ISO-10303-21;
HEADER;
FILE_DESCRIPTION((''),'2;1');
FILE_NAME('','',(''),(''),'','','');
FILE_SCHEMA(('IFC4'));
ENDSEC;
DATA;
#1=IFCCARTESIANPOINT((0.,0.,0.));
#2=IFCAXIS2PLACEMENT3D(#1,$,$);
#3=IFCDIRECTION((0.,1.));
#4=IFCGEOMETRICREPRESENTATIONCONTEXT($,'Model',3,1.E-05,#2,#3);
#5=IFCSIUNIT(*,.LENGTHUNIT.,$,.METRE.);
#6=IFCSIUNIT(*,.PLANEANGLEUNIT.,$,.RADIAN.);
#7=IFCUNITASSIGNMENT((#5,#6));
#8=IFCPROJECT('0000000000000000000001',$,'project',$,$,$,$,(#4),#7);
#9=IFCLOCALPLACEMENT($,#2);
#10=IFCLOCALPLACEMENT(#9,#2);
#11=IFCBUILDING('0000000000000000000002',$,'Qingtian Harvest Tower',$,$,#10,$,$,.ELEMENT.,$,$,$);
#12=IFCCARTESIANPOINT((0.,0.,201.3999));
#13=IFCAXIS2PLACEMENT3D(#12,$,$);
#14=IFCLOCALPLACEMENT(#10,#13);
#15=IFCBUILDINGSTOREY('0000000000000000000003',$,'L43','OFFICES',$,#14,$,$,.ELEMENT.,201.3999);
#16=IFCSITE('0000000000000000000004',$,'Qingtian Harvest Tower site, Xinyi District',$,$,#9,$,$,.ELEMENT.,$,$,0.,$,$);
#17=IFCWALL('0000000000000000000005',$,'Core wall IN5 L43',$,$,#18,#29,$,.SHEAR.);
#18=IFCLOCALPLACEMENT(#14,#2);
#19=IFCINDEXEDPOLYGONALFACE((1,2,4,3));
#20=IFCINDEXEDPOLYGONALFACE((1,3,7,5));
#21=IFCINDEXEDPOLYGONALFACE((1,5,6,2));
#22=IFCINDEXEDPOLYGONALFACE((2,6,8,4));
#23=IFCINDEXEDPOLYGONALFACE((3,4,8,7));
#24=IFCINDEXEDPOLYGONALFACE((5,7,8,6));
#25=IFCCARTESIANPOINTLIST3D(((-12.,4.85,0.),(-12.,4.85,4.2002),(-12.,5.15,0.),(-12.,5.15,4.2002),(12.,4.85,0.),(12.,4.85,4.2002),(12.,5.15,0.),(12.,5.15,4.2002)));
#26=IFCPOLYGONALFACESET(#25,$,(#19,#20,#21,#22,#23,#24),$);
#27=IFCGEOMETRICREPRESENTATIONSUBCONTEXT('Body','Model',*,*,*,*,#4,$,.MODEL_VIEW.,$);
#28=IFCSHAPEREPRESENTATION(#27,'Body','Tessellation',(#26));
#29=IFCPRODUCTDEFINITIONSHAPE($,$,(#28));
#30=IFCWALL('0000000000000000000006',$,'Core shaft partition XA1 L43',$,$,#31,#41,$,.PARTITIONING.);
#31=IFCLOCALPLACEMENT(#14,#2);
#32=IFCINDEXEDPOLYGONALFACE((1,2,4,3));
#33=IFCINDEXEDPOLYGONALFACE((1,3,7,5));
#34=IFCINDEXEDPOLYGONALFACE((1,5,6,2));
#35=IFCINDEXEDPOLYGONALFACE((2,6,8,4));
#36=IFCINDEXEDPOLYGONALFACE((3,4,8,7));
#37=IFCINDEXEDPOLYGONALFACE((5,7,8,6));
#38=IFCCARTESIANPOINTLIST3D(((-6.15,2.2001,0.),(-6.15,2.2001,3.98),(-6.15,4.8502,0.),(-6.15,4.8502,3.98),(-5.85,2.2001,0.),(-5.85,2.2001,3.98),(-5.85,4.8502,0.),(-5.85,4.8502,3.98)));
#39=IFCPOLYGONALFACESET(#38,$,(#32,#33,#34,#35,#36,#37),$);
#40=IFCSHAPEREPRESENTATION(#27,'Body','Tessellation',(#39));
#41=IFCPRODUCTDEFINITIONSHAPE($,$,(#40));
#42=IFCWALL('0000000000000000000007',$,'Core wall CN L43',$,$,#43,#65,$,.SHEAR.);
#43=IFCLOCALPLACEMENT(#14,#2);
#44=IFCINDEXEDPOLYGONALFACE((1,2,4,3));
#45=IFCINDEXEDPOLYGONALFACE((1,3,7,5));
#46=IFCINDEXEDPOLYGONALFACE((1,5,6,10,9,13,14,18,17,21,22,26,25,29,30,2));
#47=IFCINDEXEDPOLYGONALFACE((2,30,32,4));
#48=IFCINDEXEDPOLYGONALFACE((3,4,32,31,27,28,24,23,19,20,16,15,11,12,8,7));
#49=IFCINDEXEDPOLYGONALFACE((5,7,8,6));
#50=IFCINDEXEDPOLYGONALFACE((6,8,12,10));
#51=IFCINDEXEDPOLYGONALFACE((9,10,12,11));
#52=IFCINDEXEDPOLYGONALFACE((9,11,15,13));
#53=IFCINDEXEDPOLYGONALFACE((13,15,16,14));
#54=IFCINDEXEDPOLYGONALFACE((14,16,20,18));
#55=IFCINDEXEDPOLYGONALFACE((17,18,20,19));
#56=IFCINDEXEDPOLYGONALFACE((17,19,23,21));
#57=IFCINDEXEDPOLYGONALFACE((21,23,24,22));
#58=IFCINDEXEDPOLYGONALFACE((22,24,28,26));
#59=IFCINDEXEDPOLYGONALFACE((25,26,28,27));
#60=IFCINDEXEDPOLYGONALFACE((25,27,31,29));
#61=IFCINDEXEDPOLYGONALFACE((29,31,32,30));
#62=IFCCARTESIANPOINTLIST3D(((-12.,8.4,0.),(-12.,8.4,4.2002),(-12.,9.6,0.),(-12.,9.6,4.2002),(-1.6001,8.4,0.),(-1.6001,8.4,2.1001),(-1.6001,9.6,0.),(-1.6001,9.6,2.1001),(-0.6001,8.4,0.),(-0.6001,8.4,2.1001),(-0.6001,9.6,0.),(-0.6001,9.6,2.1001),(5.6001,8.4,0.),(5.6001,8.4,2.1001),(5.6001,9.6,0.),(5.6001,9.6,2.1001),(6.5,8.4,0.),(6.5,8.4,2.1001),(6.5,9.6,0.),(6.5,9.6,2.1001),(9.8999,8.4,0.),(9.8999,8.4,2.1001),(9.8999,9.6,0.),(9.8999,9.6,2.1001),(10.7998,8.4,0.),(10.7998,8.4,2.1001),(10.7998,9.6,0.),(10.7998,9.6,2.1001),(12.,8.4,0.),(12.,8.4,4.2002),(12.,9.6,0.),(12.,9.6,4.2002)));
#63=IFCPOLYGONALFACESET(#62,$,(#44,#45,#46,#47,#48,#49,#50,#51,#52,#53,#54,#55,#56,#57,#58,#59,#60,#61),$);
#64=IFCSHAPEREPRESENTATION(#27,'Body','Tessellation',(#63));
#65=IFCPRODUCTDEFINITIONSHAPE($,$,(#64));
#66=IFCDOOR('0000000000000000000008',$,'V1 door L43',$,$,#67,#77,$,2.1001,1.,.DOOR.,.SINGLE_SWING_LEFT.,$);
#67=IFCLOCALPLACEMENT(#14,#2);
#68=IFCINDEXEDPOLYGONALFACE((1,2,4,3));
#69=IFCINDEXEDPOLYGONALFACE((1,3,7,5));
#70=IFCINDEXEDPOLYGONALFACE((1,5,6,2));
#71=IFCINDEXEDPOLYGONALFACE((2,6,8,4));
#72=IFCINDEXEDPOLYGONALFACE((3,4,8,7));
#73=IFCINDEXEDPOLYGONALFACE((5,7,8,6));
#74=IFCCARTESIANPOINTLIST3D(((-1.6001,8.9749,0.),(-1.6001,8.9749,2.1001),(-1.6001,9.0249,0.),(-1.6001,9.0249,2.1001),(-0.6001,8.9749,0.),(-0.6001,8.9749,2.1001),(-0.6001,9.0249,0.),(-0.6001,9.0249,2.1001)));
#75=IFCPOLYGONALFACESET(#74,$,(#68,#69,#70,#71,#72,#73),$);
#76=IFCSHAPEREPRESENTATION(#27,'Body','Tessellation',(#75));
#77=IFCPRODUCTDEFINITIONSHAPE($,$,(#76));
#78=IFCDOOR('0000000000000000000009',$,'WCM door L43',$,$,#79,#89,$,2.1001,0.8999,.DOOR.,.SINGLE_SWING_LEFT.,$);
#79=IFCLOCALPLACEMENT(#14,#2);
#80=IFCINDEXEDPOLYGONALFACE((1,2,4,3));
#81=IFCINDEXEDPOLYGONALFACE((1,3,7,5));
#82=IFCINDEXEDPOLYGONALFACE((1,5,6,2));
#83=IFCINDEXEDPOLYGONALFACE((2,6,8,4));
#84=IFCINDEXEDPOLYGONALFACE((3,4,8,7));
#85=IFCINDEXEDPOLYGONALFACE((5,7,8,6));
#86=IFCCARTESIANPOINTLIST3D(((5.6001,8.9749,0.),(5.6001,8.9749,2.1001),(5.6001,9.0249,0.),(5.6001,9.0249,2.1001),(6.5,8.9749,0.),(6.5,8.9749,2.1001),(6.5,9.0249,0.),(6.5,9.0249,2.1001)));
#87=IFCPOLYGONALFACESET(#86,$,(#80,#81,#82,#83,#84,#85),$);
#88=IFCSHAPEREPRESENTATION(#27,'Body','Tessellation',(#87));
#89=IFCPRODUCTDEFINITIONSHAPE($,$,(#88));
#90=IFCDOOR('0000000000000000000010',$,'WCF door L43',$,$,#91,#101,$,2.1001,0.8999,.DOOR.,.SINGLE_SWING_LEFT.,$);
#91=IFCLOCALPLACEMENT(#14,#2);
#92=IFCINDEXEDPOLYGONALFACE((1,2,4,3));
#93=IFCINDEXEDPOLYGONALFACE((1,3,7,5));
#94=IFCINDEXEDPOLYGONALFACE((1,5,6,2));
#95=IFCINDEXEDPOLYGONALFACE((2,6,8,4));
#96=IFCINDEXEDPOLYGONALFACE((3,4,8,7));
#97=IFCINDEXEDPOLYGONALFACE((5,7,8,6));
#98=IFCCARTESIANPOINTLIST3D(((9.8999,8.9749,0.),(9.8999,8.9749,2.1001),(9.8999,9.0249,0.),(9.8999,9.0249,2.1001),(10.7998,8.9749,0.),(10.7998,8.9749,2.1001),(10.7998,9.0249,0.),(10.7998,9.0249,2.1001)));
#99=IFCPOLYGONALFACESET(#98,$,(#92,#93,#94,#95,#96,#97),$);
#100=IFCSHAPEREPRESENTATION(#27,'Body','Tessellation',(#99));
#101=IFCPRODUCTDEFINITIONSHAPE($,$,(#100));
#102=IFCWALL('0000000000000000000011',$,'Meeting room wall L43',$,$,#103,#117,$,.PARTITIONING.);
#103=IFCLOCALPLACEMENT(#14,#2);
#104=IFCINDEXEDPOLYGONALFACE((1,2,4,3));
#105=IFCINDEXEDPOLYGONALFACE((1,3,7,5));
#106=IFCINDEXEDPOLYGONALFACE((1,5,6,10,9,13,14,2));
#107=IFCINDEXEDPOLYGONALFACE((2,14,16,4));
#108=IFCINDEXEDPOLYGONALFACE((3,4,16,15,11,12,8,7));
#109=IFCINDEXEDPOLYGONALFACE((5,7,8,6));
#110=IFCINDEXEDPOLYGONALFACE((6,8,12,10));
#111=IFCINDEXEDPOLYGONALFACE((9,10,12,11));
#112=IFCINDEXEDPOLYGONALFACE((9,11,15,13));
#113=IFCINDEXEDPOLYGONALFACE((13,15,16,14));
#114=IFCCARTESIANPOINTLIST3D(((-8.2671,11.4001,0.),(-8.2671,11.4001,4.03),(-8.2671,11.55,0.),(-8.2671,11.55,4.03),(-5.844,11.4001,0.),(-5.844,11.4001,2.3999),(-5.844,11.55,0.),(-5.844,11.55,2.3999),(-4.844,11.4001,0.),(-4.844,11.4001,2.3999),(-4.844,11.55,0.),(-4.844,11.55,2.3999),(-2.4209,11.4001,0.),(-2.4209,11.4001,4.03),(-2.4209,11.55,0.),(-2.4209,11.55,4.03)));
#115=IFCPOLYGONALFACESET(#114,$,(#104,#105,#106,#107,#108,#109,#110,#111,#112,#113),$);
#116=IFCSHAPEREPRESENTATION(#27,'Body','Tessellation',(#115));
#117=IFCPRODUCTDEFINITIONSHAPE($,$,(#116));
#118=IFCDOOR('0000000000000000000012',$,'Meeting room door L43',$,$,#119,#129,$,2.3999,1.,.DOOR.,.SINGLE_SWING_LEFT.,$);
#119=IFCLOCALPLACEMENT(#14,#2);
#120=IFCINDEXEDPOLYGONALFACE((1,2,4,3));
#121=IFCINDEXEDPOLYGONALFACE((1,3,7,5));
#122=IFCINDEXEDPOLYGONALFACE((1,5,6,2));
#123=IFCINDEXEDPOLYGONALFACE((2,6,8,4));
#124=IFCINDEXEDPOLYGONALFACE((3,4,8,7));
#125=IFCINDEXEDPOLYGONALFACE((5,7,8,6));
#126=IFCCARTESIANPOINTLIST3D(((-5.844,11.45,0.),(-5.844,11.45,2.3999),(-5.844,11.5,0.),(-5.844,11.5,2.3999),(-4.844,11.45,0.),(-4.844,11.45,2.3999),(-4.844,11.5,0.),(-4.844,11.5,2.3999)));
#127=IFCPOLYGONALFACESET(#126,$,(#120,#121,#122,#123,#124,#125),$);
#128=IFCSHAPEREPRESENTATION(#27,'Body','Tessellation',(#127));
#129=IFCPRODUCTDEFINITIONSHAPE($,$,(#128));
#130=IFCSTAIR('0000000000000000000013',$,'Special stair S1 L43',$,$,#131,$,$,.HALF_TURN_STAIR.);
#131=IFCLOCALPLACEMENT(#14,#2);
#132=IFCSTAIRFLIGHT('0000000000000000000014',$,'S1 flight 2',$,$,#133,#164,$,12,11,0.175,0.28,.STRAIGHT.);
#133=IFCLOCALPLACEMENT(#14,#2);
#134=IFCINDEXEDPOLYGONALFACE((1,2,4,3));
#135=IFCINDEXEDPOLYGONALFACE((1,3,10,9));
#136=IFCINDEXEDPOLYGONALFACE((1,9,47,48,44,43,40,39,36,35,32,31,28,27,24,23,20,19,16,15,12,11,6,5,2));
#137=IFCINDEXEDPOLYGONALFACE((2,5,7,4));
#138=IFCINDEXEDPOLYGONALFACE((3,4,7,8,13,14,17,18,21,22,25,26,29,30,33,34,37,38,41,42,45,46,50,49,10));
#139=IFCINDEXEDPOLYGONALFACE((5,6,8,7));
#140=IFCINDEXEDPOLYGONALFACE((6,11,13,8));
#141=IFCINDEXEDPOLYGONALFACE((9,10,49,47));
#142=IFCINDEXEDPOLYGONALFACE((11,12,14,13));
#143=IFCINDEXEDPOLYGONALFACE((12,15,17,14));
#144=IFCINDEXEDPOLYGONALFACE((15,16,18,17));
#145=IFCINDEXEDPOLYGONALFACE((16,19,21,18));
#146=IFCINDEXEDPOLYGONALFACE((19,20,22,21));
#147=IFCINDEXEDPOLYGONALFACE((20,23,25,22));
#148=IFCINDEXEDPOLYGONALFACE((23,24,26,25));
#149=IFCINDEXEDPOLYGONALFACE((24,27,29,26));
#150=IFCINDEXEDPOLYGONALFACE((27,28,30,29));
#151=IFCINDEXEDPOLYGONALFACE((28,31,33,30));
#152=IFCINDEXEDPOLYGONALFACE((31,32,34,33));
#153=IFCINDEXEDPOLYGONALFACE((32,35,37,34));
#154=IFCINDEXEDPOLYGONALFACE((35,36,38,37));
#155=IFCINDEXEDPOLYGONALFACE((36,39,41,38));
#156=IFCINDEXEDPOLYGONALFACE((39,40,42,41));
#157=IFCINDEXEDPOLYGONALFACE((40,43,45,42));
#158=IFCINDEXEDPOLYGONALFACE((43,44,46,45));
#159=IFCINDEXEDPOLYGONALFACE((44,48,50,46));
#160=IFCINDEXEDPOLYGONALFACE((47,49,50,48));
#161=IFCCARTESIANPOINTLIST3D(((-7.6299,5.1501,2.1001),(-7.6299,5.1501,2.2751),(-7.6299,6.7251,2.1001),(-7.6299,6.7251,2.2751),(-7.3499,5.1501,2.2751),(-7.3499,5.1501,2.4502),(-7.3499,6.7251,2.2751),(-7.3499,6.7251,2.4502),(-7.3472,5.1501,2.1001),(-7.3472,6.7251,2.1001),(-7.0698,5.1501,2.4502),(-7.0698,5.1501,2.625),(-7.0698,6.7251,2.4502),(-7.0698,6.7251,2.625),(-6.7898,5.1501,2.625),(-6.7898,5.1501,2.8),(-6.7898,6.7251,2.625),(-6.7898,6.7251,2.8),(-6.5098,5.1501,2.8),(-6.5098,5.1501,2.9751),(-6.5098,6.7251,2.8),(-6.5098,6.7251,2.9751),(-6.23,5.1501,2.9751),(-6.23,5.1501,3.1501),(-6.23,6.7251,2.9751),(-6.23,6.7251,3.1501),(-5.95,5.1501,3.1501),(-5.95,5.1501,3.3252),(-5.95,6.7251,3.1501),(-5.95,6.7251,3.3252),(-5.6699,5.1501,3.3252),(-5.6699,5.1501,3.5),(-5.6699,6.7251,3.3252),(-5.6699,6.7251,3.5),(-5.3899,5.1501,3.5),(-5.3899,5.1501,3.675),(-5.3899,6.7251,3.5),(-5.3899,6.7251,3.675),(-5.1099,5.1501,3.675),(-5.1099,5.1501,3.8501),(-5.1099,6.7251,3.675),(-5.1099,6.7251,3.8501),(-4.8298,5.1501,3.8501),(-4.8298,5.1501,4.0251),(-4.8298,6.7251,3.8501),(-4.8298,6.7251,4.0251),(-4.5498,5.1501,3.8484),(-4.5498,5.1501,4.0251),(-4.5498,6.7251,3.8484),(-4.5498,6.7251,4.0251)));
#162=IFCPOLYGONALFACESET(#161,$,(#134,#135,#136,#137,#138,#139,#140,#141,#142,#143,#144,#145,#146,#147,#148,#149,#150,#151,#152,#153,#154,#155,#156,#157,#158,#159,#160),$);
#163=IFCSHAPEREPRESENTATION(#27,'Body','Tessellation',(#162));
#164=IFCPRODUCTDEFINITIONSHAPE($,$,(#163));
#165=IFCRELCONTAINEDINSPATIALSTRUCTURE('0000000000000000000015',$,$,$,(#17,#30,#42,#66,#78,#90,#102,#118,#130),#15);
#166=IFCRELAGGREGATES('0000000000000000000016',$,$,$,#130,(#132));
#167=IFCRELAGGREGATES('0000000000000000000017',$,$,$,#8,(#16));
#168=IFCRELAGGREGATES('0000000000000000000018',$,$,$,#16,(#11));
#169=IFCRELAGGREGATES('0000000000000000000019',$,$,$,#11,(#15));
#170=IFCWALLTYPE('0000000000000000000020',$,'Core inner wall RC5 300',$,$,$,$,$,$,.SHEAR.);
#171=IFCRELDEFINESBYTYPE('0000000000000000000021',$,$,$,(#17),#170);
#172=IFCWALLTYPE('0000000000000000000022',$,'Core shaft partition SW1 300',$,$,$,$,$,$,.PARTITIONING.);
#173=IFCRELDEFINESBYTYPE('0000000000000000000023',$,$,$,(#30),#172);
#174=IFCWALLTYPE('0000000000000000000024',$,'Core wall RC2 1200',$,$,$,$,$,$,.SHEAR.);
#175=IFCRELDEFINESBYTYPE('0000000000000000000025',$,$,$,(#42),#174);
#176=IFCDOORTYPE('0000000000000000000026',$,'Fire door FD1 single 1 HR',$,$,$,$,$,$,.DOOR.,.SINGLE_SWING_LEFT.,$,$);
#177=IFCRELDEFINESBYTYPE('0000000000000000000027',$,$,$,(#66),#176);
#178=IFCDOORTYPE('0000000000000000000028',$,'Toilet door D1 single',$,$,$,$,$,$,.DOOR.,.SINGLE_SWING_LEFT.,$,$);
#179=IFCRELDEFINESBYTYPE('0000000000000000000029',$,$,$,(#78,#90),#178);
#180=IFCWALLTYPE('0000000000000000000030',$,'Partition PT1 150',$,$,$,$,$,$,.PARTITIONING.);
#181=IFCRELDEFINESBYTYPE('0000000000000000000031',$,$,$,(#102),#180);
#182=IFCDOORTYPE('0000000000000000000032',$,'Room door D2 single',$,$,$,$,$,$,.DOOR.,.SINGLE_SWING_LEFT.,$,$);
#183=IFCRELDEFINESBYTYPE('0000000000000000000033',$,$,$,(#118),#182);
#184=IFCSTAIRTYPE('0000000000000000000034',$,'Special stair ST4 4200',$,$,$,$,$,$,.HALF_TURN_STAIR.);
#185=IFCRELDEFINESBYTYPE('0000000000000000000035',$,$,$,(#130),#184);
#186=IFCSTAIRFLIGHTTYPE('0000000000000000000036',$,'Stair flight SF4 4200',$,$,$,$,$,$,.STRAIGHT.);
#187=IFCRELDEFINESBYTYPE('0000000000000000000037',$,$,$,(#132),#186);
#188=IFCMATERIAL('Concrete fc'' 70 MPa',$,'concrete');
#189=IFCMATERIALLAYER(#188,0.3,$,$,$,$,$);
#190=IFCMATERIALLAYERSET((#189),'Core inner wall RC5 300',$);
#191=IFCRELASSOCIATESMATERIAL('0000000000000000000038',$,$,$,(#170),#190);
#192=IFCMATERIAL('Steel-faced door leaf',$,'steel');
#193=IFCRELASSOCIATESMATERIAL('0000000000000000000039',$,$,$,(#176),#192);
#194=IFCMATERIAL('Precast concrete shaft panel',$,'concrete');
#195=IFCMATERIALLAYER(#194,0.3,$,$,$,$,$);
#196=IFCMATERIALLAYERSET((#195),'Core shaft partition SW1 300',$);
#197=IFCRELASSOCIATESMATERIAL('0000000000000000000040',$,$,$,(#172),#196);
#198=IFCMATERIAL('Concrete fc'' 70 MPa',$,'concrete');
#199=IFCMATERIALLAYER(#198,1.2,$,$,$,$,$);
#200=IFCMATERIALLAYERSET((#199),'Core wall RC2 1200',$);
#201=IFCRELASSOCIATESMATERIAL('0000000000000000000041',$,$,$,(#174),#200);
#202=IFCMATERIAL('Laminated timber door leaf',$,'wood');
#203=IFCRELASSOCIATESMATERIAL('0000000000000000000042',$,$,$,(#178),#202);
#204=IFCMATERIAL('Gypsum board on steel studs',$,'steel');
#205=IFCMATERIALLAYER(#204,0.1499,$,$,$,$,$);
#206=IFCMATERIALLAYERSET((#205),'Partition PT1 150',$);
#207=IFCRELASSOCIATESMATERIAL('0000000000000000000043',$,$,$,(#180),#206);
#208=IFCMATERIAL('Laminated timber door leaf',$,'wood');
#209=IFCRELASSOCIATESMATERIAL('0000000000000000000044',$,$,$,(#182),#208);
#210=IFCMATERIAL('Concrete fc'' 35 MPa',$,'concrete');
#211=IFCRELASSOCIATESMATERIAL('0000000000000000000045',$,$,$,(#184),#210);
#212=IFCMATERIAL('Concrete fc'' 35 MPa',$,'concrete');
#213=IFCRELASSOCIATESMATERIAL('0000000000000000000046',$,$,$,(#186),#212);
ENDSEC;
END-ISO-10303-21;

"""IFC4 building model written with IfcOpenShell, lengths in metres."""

from ifc_helpers import new_model, si_unit, direction, frame, frame_2d, origin, place, context, subcontext, project, spatial, polyline, rectangle, outline, extrude, material, layer, layer_set, type_object, element, fill, aggregate, save


model = new_model("IFC4")

# Units and contexts
model_context = context("Model", 3, precision=1e-05, world=origin(), true_north=direction((0.0, 1.0)))
body_context = subcontext(model_context, "Body", "Model", "MODEL_VIEW")
ifc_project = project(units=[si_unit("LENGTHUNIT", "METRE"), si_unit("PLANEANGLEUNIT", "RADIAN")], contexts=[model_context])

# Site, building, storey
site_placement = place(None, origin())
site = spatial("IfcSite", under=ifc_project, at=site_placement, Name="Qingtian Harvest Tower site, Xinyi District", CompositionType="ELEMENT", RefElevation=0.0)
building_placement = place(site_placement, origin())
building = spatial("IfcBuilding", under=site, at=building_placement, Name="Qingtian Harvest Tower", CompositionType="ELEMENT")
storey_placement = place(building_placement, frame((0.0, 0.0, 201.3999)))
storey = spatial("IfcBuildingStorey", under=building, at=storey_placement, Name="L43", Description="OFFICES", CompositionType="ELEMENT", Elevation=201.3999)

# Wall
ifc_material_1 = material(Name="Concrete fc' 70 MPa", Category="concrete")
ifc_layer_1 = layer(ifc_material_1, 0.3)
ifc_layer_set_1 = layer_set([ifc_layer_1], Name="Core inner wall RC5 300")
wall_type_1 = type_object("IfcWallType", Name="Core inner wall RC5 300", PredefinedType="SHEAR", material=ifc_layer_set_1)
wall_1_placement = place(storey_placement, frame((-12.0, 5.0, 0.0), z_axis=(0.0, 0.0, 1.0), x_axis=(1.0, 0.0, 0.0)))
element("IfcWall", 1, at=wall_1_placement, inside=storey, type_object=wall_type_1, Name="Core wall IN5 L43", PredefinedType="SHEAR", context=body_context, shape_type="SweptSolid", body=[
    extrude(rectangle(XDim=24.0, YDim=0.3, at=frame_2d((12.0, 0.0))), origin(), (0.0, 0.0, 1.0), 4.2002),
])

# Shared definitions
ifc_material_2 = material(Name="Steel-faced door leaf", Category="steel")
door_type_1 = type_object("IfcDoorType", Name="Fire door FD1 single 1 HR", OperationType="SINGLE_SWING_LEFT", PredefinedType="DOOR", material=ifc_material_2)

# Wall
ifc_material_3 = material(Name="Precast concrete shaft panel", Category="concrete")
ifc_layer_2 = layer(ifc_material_3, 0.3)
ifc_layer_set_2 = layer_set([ifc_layer_2], Name="Core shaft partition SW1 300")
wall_type_2 = type_object("IfcWallType", Name="Core shaft partition SW1 300", PredefinedType="PARTITIONING", material=ifc_layer_set_2)
wall_2_placement = place(storey_placement, frame((-6.0, 2.2, 0.0), z_axis=(0.0, 0.0, 1.0), x_axis=(0.0, 1.0, 0.0)))
element("IfcWall", 2, at=wall_2_placement, inside=storey, type_object=wall_type_2, Name="Core shaft partition XA1 L43", PredefinedType="PARTITIONING", context=body_context, shape_type="SweptSolid", body=[
    extrude(rectangle(XDim=2.6501, YDim=0.3, at=frame_2d((1.3252, 0.0))), origin(), (0.0, 0.0, 1.0), 3.98),
])

# Wall, openings, doors
ifc_material_4 = material(Name="Concrete fc' 70 MPa", Category="concrete")
ifc_layer_3 = layer(ifc_material_4, 1.2)
ifc_layer_set_3 = layer_set([ifc_layer_3], Name="Core wall RC2 1200")
wall_type_3 = type_object("IfcWallType", Name="Core wall RC2 1200", PredefinedType="SHEAR", material=ifc_layer_set_3)
wall_3_placement = place(storey_placement, frame((-12.0, 9.0, 0.0), z_axis=(0.0, 0.0, 1.0), x_axis=(1.0, 0.0, 0.0)))
wall_3 = element("IfcWall", 3, at=wall_3_placement, inside=storey, type_object=wall_type_3, Name="Core wall CN L43", PredefinedType="SHEAR", context=body_context, shape_type="SweptSolid", body=[
    extrude(rectangle(XDim=24.0, YDim=1.2, at=frame_2d((12.0, 0.0))), origin(), (0.0, 0.0, 1.0), 4.2002),
])
opening_1_placement = place(wall_3_placement, frame((10.3999, 0.0, 0.0)))
opening_1 = element("IfcOpeningElement", 4, at=opening_1_placement, cuts=wall_3, PredefinedType="OPENING", context=body_context, shape_type="SweptSolid", body=[
    extrude(rectangle(XDim=1.0, YDim=2.1001, at=frame_2d((0.5, 1.05))), frame((0.0, 0.6099, 0.0), z_axis=(0.0, -1.0, 0.0), x_axis=(1.0, 0.0, 0.0)), (0.0, 0.0, 1.0), 1.22),
])
opening_2_placement = place(wall_3_placement, frame((17.6001, 0.0, 0.0)))
opening_2 = element("IfcOpeningElement", 5, at=opening_2_placement, cuts=wall_3, PredefinedType="OPENING", context=body_context, shape_type="SweptSolid", body=[
    extrude(rectangle(XDim=0.8999, YDim=2.1001, at=frame_2d((0.45, 1.05))), frame((0.0, 0.6099, 0.0), z_axis=(0.0, -1.0, 0.0), x_axis=(1.0, 0.0, 0.0)), (0.0, 0.0, 1.0), 1.22),
])
opening_3_placement = place(wall_3_placement, frame((21.8999, 0.0, 0.0)))
opening_3 = element("IfcOpeningElement", 6, at=opening_3_placement, cuts=wall_3, PredefinedType="OPENING", context=body_context, shape_type="SweptSolid", body=[
    extrude(rectangle(XDim=0.8999, YDim=2.1001, at=frame_2d((0.45, 1.05))), frame((0.0, 0.6099, 0.0), z_axis=(0.0, -1.0, 0.0), x_axis=(1.0, 0.0, 0.0)), (0.0, 0.0, 1.0), 1.22),
])
door_1_placement = place(opening_1_placement, origin())
door_1 = element("IfcDoor", 7, at=door_1_placement, inside=storey, type_object=door_type_1, Name="V1 door L43", OperationType="SINGLE_SWING_LEFT", OverallHeight=2.1001, OverallWidth=1.0, PredefinedType="DOOR", context=body_context, shape_type="SweptSolid", body=[
    extrude(rectangle(XDim=1.0, YDim=2.1001, at=frame_2d((0.5, 1.05))), frame((0.0, 0.0249, 0.0), z_axis=(0.0, -1.0, 0.0), x_axis=(1.0, 0.0, 0.0)), (0.0, 0.0, 1.0), 0.05),
])
fill(opening_1, door_1)
ifc_material_5 = material(Name="Laminated timber door leaf", Category="wood")
door_type_2 = type_object("IfcDoorType", Name="Toilet door D1 single", OperationType="SINGLE_SWING_LEFT", PredefinedType="DOOR", material=ifc_material_5)
door_2_placement = place(opening_2_placement, origin())
door_2 = element("IfcDoor", 8, at=door_2_placement, inside=storey, type_object=door_type_2, Name="WCM door L43", OperationType="SINGLE_SWING_LEFT", OverallHeight=2.1001, OverallWidth=0.8999, PredefinedType="DOOR", context=body_context, shape_type="SweptSolid", body=[
    extrude(rectangle(XDim=0.8999, YDim=2.1001, at=frame_2d((0.45, 1.05))), frame((0.0, 0.0249, 0.0), z_axis=(0.0, -1.0, 0.0), x_axis=(1.0, 0.0, 0.0)), (0.0, 0.0, 1.0), 0.05),
])
fill(opening_2, door_2)
door_3_placement = place(opening_3_placement, origin())
door_3 = element("IfcDoor", 9, at=door_3_placement, inside=storey, type_object=door_type_2, Name="WCF door L43", OperationType="SINGLE_SWING_LEFT", OverallHeight=2.1001, OverallWidth=0.8999, PredefinedType="DOOR", context=body_context, shape_type="SweptSolid", body=[
    extrude(rectangle(XDim=0.8999, YDim=2.1001, at=frame_2d((0.45, 1.05))), frame((0.0, 0.0249, 0.0), z_axis=(0.0, -1.0, 0.0), x_axis=(1.0, 0.0, 0.0)), (0.0, 0.0, 1.0), 0.05),
])
fill(opening_3, door_3)

# Wall, opening, door
ifc_material_6 = material(Name="Gypsum board on steel studs", Category="steel")
ifc_layer_4 = layer(ifc_material_6, 0.1499)
ifc_layer_set_4 = layer_set([ifc_layer_4], Name="Partition PT1 150")
wall_type_4 = type_object("IfcWallType", Name="Partition PT1 150", PredefinedType="PARTITIONING", material=ifc_layer_set_4)
wall_4_placement = place(storey_placement, frame((-8.2671, 11.4751, 0.0), z_axis=(0.0, 0.0, 1.0), x_axis=(1.0, 0.0, 0.0)))
wall_4 = element("IfcWall", 10, at=wall_4_placement, inside=storey, type_object=wall_type_4, Name="Meeting room wall L43", PredefinedType="PARTITIONING", context=body_context, shape_type="SweptSolid", body=[
    extrude(rectangle(XDim=5.8462, YDim=0.1499, at=frame_2d((2.9231, 0.0))), origin(), (0.0, 0.0, 1.0), 4.03),
])
opening_4_placement = place(wall_4_placement, frame((2.4231, 0.0, 0.0)))
opening_4 = element("IfcOpeningElement", 11, at=opening_4_placement, cuts=wall_4, PredefinedType="OPENING", context=body_context, shape_type="SweptSolid", body=[
    extrude(rectangle(XDim=1.0, YDim=2.3999, at=frame_2d((0.5, 1.2))), frame((0.0, 0.085, 0.0), z_axis=(0.0, -1.0, 0.0), x_axis=(1.0, 0.0, 0.0)), (0.0, 0.0, 1.0), 0.1699),
])
ifc_material_7 = material(Name="Laminated timber door leaf", Category="wood")
door_type_3 = type_object("IfcDoorType", Name="Room door D2 single", OperationType="SINGLE_SWING_LEFT", PredefinedType="DOOR", material=ifc_material_7)
door_4_placement = place(opening_4_placement, origin())
door_4 = element("IfcDoor", 12, at=door_4_placement, inside=storey, type_object=door_type_3, Name="Meeting room door L43", OperationType="SINGLE_SWING_LEFT", OverallHeight=2.3999, OverallWidth=1.0, PredefinedType="DOOR", context=body_context, shape_type="SweptSolid", body=[
    extrude(rectangle(XDim=1.0, YDim=2.3999, at=frame_2d((0.5, 1.2))), frame((0.0, 0.0249, 0.0), z_axis=(0.0, -1.0, 0.0), x_axis=(1.0, 0.0, 0.0)), (0.0, 0.0, 1.0), 0.05),
])
fill(opening_4, door_4)

# Stair, stair flight
ifc_material_8 = material(Name="Concrete fc' 35 MPa", Category="concrete")
stair_type = type_object("IfcStairType", Name="Special stair ST4 4200", PredefinedType="HALF_TURN_STAIR", material=ifc_material_8)
stair_placement = place(storey_placement, origin())
stair = element("IfcStair", 13, at=stair_placement, inside=storey, type_object=stair_type, Name="Special stair S1 L43", PredefinedType="HALF_TURN_STAIR")
ifc_material_9 = material(Name="Concrete fc' 35 MPa", Category="concrete")
stair_flight_type = type_object("IfcStairFlightType", Name="Stair flight SF4 4200", PredefinedType="STRAIGHT", material=ifc_material_9)
stair_flight_placement = place(storey_placement, frame((-7.6299, 5.9375, 2.1001), z_axis=(0.0, 0.0, 1.0), x_axis=(1.0, 0.0, 0.0)))
stair_flight = element("IfcStairFlight", 14, at=stair_flight_placement, type_object=stair_flight_type, Name="S1 flight 2", NumberOfRisers=12, NumberOfTreads=11, PredefinedType="STRAIGHT", RiserHeight=0.175, TreadLength=0.28, context=body_context, shape_type="SweptSolid", body=[
    extrude(outline(polyline([(0.0, 0.0), (0.0, 0.175), (0.28, 0.175), (0.28, 0.3501), (0.5601, 0.3501), (0.5601, 0.5249), (0.8401, 0.5249), (0.8401, 0.7), (1.1201, 0.7), (1.1201, 0.875), (1.3999, 0.875), (1.3999, 1.05), (1.6799, 1.05), (1.6799, 1.2251), (1.96, 1.2251), (1.96, 1.3999), (2.24, 1.3999), (2.24, 1.575), (2.52, 1.575), (2.52, 1.75), (2.8, 1.75), (2.8, 1.925), (3.0801, 1.925), (3.0801, 2.1001), (3.0801, 1.7483), (0.2827, 0.0), (0.0, 0.0)])), frame((0.0, 0.7876, 0.0), z_axis=(0.0, -1.0, 0.0), x_axis=(1.0, 0.0, 0.0)), (0.0, 0.0, 1.0), 1.575),
])
aggregate(stair, [stair_flight])

save(model, "model.ifc")
